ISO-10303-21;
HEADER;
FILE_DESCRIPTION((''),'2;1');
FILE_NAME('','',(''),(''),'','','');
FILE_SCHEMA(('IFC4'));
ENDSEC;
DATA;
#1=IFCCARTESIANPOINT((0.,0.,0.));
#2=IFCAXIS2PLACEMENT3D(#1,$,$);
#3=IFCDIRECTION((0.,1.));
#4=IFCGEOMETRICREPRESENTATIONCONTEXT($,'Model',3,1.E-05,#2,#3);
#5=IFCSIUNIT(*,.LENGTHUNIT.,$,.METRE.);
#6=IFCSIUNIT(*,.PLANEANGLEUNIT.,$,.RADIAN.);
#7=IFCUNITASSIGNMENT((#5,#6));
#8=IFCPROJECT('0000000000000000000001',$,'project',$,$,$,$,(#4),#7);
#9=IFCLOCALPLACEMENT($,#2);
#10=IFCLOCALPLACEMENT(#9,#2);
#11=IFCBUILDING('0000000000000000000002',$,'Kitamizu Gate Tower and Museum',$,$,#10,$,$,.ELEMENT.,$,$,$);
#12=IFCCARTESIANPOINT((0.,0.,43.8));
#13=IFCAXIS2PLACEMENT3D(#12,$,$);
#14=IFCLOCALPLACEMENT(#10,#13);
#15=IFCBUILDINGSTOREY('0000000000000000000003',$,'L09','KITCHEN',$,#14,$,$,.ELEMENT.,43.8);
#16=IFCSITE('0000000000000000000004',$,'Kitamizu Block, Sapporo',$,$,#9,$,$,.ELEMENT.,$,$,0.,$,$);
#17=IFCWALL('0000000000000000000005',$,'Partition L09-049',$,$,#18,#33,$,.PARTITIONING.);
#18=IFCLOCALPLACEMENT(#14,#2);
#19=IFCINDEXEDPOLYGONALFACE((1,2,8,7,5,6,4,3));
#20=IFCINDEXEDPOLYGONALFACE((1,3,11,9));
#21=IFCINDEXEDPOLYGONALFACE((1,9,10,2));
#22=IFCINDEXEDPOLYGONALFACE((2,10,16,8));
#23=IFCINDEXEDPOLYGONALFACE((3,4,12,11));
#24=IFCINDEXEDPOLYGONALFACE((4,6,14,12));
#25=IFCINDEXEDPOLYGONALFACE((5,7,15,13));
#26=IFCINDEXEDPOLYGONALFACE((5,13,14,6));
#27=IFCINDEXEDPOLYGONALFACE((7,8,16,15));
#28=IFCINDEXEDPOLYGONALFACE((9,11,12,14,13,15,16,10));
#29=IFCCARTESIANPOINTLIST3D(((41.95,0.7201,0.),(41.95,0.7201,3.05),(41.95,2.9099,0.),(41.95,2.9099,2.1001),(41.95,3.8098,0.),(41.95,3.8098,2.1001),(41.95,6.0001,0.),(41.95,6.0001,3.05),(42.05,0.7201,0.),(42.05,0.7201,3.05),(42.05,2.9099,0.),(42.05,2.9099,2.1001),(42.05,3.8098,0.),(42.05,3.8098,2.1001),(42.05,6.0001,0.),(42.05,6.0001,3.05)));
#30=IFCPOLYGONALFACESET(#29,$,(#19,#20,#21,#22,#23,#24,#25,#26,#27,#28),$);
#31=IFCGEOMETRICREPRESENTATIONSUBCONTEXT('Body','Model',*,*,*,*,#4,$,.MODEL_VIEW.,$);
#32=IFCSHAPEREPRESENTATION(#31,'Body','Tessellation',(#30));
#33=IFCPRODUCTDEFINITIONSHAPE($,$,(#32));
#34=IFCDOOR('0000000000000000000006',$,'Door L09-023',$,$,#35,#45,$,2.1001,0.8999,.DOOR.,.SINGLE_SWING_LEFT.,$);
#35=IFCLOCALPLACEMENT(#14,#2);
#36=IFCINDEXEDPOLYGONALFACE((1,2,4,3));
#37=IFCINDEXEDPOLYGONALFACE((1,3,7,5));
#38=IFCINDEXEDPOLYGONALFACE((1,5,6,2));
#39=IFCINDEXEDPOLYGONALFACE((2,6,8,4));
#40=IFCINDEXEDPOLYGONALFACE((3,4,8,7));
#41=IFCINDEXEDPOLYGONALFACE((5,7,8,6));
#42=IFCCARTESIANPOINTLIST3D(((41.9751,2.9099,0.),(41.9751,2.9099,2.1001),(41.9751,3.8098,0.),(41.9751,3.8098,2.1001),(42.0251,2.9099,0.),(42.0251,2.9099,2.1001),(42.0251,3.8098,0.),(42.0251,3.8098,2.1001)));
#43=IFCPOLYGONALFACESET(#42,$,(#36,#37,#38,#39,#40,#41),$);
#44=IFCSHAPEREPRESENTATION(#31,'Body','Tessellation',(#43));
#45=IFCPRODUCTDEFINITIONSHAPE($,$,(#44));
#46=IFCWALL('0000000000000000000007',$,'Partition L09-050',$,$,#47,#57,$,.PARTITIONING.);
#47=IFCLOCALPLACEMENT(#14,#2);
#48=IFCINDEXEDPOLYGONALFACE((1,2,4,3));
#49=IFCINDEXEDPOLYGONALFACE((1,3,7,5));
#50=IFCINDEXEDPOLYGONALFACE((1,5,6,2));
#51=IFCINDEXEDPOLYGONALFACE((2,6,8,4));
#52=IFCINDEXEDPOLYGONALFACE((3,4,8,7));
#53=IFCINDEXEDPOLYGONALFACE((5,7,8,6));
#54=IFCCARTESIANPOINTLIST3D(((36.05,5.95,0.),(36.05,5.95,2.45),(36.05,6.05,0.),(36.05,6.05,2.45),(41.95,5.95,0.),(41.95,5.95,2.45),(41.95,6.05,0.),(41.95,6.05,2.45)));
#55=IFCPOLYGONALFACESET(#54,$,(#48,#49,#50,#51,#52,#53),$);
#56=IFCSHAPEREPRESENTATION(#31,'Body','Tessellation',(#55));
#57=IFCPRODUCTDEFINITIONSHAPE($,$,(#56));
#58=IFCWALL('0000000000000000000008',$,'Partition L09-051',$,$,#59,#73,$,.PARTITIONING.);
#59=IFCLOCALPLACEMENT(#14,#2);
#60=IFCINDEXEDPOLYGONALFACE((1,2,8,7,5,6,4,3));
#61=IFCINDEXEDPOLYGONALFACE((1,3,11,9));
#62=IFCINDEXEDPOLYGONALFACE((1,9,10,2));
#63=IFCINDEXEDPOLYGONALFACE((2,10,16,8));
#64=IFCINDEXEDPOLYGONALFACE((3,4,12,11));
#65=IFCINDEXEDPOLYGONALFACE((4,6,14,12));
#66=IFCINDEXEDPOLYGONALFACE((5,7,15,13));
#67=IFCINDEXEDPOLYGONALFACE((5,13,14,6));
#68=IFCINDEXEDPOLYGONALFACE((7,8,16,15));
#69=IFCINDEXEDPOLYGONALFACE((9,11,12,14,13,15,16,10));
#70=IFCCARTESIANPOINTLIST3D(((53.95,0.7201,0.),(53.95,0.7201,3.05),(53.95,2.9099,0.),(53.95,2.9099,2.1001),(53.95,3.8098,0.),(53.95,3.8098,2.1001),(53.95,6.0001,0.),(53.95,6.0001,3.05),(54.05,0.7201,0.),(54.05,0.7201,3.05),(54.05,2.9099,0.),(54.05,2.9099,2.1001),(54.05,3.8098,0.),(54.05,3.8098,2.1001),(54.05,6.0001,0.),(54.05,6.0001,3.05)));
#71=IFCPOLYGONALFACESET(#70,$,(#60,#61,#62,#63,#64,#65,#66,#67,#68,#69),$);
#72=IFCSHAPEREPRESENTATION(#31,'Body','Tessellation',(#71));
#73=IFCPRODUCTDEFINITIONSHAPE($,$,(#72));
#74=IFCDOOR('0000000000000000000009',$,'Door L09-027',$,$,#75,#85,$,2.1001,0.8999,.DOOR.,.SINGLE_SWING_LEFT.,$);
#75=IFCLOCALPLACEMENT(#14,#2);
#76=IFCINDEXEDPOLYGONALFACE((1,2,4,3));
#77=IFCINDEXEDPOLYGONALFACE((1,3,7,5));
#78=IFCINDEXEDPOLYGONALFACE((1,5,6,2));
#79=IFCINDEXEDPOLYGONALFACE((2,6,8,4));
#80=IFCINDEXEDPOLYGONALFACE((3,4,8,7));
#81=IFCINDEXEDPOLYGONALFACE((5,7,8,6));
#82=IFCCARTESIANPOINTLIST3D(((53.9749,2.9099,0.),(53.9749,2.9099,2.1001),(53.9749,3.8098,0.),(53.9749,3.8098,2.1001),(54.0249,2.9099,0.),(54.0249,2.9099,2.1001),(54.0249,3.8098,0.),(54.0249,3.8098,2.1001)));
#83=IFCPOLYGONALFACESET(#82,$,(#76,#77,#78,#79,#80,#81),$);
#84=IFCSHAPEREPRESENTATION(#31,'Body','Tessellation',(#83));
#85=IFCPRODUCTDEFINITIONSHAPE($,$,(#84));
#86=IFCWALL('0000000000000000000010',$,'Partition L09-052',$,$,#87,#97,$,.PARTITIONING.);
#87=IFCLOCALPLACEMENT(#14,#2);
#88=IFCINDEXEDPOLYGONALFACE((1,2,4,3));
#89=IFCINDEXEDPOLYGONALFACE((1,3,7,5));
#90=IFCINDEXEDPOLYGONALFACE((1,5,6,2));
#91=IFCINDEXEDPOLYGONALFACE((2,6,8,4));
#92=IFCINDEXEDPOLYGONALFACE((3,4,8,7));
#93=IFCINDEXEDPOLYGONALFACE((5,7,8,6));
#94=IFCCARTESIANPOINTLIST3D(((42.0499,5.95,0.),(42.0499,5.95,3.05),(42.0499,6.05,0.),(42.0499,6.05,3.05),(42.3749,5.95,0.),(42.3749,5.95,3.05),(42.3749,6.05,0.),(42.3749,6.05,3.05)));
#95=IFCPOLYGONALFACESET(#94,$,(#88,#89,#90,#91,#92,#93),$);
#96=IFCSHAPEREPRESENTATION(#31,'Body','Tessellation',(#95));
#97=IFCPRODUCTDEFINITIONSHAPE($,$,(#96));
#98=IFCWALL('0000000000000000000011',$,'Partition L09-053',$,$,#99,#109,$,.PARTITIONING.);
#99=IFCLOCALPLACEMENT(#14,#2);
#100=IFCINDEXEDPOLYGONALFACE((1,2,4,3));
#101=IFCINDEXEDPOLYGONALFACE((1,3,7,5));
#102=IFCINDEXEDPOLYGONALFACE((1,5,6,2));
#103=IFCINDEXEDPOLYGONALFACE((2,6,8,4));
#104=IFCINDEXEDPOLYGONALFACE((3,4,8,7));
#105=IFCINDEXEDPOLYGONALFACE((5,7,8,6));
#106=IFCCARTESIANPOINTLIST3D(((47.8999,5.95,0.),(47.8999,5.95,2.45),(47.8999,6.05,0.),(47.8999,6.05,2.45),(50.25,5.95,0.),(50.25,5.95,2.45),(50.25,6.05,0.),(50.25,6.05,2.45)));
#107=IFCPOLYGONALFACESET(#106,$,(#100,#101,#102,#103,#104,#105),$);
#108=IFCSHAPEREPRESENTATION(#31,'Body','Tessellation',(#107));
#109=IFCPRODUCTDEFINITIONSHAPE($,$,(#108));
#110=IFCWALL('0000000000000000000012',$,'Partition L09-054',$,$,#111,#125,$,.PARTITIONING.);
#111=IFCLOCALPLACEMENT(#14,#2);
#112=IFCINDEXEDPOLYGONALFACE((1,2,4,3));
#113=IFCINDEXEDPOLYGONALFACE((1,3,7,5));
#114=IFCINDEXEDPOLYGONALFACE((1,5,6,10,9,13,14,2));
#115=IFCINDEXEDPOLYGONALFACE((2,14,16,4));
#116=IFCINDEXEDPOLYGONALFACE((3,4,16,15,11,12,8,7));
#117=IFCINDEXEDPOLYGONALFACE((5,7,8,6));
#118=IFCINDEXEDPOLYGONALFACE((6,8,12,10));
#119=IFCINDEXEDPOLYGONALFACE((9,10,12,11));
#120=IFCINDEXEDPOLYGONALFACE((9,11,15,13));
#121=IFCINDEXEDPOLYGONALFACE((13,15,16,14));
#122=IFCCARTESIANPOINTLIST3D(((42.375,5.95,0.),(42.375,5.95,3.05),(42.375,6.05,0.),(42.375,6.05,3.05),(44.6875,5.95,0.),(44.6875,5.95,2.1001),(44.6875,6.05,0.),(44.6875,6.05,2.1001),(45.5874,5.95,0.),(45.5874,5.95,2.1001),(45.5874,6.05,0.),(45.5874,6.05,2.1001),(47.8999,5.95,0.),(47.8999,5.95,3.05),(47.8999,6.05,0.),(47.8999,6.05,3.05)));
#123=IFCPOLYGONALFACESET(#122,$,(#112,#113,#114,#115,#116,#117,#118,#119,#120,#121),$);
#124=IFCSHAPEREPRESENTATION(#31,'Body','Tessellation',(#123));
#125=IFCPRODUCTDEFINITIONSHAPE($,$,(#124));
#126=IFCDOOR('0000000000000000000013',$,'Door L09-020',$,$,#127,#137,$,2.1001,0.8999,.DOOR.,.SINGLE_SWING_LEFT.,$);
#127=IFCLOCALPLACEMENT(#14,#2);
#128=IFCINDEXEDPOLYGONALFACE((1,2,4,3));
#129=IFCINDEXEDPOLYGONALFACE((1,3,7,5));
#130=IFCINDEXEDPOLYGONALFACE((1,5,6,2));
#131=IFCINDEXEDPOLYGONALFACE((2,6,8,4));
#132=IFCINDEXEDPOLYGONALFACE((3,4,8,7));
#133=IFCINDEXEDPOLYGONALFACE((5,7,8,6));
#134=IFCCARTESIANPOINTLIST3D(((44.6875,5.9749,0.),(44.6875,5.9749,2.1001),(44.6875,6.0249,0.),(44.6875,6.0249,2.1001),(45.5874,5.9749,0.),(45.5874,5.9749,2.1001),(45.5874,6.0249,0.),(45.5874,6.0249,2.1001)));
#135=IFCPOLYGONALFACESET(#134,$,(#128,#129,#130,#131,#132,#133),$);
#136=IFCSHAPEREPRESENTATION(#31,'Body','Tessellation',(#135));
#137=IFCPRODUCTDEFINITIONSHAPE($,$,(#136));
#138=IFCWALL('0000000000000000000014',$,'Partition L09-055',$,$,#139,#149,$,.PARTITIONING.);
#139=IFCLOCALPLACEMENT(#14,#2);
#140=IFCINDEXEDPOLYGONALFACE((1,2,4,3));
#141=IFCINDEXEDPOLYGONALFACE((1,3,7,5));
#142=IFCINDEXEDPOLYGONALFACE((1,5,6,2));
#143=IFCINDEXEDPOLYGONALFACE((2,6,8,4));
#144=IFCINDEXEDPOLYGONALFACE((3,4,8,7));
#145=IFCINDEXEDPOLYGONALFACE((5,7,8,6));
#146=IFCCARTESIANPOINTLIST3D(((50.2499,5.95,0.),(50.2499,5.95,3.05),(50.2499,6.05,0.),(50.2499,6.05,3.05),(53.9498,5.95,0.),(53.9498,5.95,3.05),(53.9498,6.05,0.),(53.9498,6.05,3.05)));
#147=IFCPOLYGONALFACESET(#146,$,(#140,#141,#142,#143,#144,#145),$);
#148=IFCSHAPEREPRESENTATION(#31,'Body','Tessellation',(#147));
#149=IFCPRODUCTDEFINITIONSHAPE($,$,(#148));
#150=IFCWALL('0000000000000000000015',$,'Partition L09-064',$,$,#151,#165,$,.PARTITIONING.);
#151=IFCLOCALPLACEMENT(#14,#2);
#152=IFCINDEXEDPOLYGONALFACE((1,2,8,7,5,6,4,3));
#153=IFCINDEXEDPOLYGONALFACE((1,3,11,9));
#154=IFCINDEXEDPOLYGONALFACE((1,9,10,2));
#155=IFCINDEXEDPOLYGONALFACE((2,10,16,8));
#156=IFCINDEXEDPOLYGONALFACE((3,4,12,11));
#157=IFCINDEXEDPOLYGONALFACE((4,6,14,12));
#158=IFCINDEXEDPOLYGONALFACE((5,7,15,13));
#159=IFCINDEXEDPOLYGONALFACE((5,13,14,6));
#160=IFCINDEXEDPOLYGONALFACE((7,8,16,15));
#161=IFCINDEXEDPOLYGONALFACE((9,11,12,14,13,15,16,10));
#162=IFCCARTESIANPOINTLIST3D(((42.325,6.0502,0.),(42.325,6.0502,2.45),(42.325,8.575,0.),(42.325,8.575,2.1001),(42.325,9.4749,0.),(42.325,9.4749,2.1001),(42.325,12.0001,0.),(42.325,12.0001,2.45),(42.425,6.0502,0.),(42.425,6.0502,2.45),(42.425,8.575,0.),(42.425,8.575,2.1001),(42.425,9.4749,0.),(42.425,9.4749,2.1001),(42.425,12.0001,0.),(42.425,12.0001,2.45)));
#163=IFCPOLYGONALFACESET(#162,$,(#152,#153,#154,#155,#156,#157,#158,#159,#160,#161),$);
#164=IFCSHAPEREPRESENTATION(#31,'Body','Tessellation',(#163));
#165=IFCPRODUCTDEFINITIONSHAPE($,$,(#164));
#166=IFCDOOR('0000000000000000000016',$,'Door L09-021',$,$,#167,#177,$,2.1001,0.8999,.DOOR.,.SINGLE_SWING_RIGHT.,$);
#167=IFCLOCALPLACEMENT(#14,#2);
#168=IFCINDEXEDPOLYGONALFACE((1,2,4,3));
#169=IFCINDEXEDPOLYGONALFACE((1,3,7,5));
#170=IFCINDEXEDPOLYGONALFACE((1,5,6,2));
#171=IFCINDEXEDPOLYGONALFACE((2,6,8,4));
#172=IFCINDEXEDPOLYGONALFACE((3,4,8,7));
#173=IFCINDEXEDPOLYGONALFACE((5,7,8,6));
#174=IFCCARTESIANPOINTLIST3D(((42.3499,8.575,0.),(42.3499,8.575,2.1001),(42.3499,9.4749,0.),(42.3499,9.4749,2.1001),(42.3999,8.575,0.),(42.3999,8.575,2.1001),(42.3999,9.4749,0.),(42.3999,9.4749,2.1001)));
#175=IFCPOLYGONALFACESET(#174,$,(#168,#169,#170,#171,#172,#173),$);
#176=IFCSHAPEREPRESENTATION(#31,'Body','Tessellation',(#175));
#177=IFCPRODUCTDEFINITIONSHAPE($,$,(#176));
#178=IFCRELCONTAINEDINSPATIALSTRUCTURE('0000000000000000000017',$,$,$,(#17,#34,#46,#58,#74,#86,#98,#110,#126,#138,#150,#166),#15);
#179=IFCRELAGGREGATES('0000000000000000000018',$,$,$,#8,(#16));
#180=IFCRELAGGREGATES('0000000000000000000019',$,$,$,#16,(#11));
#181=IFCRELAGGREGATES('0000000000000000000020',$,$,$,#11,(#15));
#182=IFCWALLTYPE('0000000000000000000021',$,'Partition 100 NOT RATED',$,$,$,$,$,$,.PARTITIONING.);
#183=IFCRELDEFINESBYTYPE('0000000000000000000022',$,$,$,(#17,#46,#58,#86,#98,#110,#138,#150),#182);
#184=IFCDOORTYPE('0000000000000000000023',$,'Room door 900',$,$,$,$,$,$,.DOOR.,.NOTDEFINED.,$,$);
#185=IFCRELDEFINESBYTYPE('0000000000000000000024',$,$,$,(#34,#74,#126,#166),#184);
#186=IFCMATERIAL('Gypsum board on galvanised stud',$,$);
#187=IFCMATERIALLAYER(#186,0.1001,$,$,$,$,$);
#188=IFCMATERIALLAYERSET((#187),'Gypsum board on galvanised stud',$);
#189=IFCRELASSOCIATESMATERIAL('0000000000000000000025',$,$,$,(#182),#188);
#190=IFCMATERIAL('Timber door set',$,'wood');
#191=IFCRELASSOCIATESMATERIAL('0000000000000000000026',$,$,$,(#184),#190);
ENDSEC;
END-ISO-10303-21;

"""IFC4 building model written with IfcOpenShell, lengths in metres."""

from ifc_helpers import new_model, si_unit, direction, frame, frame_2d, origin, place, context, subcontext, project, spatial, rectangle, extrude, material, layer, layer_set, type_object, element, fill, save


model = new_model("IFC4")

# Units and contexts
model_context = context("Model", 3, precision=1e-05, world=origin(), true_north=direction((0.0, 1.0)))
body_context = subcontext(model_context, "Body", "Model", "MODEL_VIEW")
ifc_project = project(units=[si_unit("LENGTHUNIT", "METRE"), si_unit("PLANEANGLEUNIT", "RADIAN")], contexts=[model_context])

# Site, building, storey
site_placement = place(None, origin())
site = spatial("IfcSite", under=ifc_project, at=site_placement, Name="Kitamizu Block, Sapporo", CompositionType="ELEMENT", RefElevation=0.0)
building_placement = place(site_placement, origin())
building = spatial("IfcBuilding", under=site, at=building_placement, Name="Kitamizu Gate Tower and Museum", CompositionType="ELEMENT")
storey_placement = place(building_placement, frame((0.0, 0.0, 43.8)))
storey = spatial("IfcBuildingStorey", under=building, at=storey_placement, Name="L09", Description="KITCHEN", CompositionType="ELEMENT", Elevation=43.8)

# Shared definitions
ifc_material_1 = material(Name="Gypsum board on galvanised stud")
ifc_layer = layer(ifc_material_1, 0.1001)
ifc_layer_set = layer_set([ifc_layer], Name="Gypsum board on galvanised stud")
wall_type = type_object("IfcWallType", Name="Partition 100 NOT RATED", PredefinedType="PARTITIONING", material=ifc_layer_set)

# Wall, opening, door
ifc_material_2 = material(Name="Timber door set", Category="wood")
door_type = type_object("IfcDoorType", Name="Room door 900", OperationType="NOTDEFINED", PredefinedType="DOOR", material=ifc_material_2)
wall_1_placement = place(storey_placement, frame((42.0, 0.72, 0.0), z_axis=(0.0, 0.0, 1.0), x_axis=(0.0, 1.0, 0.0)))
wall_1 = element("IfcWall", 1, at=wall_1_placement, inside=storey, type_object=wall_type, Name="Partition L09-049", PredefinedType="PARTITIONING", context=body_context, shape_type="SweptSolid", body=[
    extrude(rectangle(XDim=5.28, YDim=0.1001, at=frame_2d((2.6401, 0.0))), origin(), (0.0, 0.0, 1.0), 3.05),
])
opening_1_placement = place(wall_1_placement, frame((2.1899, 0.0, 0.0)))
opening_1 = element("IfcOpeningElement", 2, at=opening_1_placement, cuts=wall_1, PredefinedType="OPENING", context=body_context, shape_type="SweptSolid", body=[
    extrude(rectangle(XDim=0.8999, YDim=2.1001, at=frame_2d((0.45, 1.05))), frame((0.0, 0.0601, 0.0), z_axis=(0.0, -1.0, 0.0), x_axis=(1.0, 0.0, 0.0)), (0.0, 0.0, 1.0), 0.1201),
])
door_1_placement = place(opening_1_placement, origin())
door_1 = element("IfcDoor", 3, at=door_1_placement, inside=storey, type_object=door_type, Name="Door L09-023", OperationType="SINGLE_SWING_LEFT", OverallHeight=2.1001, OverallWidth=0.8999, PredefinedType="DOOR", context=body_context, shape_type="SweptSolid", body=[
    extrude(rectangle(XDim=0.8999, YDim=2.1001, at=frame_2d((0.45, 1.05))), frame((0.0, 0.0249, 0.0), z_axis=(0.0, -1.0, 0.0), x_axis=(1.0, 0.0, 0.0)), (0.0, 0.0, 1.0), 0.05),
])
fill(opening_1, door_1)

# Wall
wall_2_placement = place(storey_placement, frame((41.95, 6.0, 0.0), z_axis=(0.0, 0.0, 1.0), x_axis=(-1.0, 0.0, 0.0)))
element("IfcWall", 4, at=wall_2_placement, inside=storey, type_object=wall_type, Name="Partition L09-050", PredefinedType="PARTITIONING", context=body_context, shape_type="SweptSolid", body=[
    extrude(rectangle(XDim=5.8999, YDim=0.1001, at=frame_2d((2.95, 0.0))), origin(), (0.0, 0.0, 1.0), 2.45),
])

# Wall, opening, door
wall_3_placement = place(storey_placement, frame((54.0, 0.72, 0.0), z_axis=(0.0, 0.0, 1.0), x_axis=(0.0, 1.0, 0.0)))
wall_3 = element("IfcWall", 5, at=wall_3_placement, inside=storey, type_object=wall_type, Name="Partition L09-051", PredefinedType="PARTITIONING", context=body_context, shape_type="SweptSolid", body=[
    extrude(rectangle(XDim=5.28, YDim=0.1001, at=frame_2d((2.6401, 0.0))), origin(), (0.0, 0.0, 1.0), 3.05),
])
opening_2_placement = place(wall_3_placement, frame((2.1899, 0.0, 0.0)))
opening_2 = element("IfcOpeningElement", 6, at=opening_2_placement, cuts=wall_3, PredefinedType="OPENING", context=body_context, shape_type="SweptSolid", body=[
    extrude(rectangle(XDim=0.8999, YDim=2.1001, at=frame_2d((0.45, 1.05))), frame((0.0, 0.0601, 0.0), z_axis=(0.0, -1.0, 0.0), x_axis=(1.0, 0.0, 0.0)), (0.0, 0.0, 1.0), 0.1201),
])
door_2_placement = place(opening_2_placement, frame((0.8999, 0.0, 0.0), x_axis=(-1.0, 0.0, 0.0)))
door_2 = element("IfcDoor", 7, at=door_2_placement, inside=storey, type_object=door_type, Name="Door L09-027", OperationType="SINGLE_SWING_LEFT", OverallHeight=2.1001, OverallWidth=0.8999, PredefinedType="DOOR", context=body_context, shape_type="SweptSolid", body=[
    extrude(rectangle(XDim=0.8999, YDim=2.1001, at=frame_2d((0.45, 1.05))), frame((0.0, 0.0249, 0.0), z_axis=(0.0, -1.0, 0.0), x_axis=(1.0, 0.0, 0.0)), (0.0, 0.0, 1.0), 0.05),
])
fill(opening_2, door_2)

# Walls
wall_4_placement = place(storey_placement, frame((42.375, 6.0, 0.0), z_axis=(0.0, 0.0, 1.0), x_axis=(-1.0, 0.0, 0.0)))
element("IfcWall", 8, at=wall_4_placement, inside=storey, type_object=wall_type, Name="Partition L09-052", PredefinedType="PARTITIONING", context=body_context, shape_type="SweptSolid", body=[
    extrude(rectangle(XDim=0.325, YDim=0.1001, at=frame_2d((0.1626, 0.0))), origin(), (0.0, 0.0, 1.0), 3.05),
])
wall_5_placement = place(storey_placement, frame((50.25, 6.0, 0.0), z_axis=(0.0, 0.0, 1.0), x_axis=(-1.0, 0.0, 0.0)))
element("IfcWall", 9, at=wall_5_placement, inside=storey, type_object=wall_type, Name="Partition L09-053", PredefinedType="PARTITIONING", context=body_context, shape_type="SweptSolid", body=[
    extrude(rectangle(XDim=2.3501, YDim=0.1001, at=frame_2d((1.175, 0.0))), origin(), (0.0, 0.0, 1.0), 2.45),
])

# Wall, opening, door
wall_6_placement = place(storey_placement, frame((47.8999, 6.0, 0.0), z_axis=(0.0, 0.0, 1.0), x_axis=(-1.0, 0.0, 0.0)))
wall_6 = element("IfcWall", 10, at=wall_6_placement, inside=storey, type_object=wall_type, Name="Partition L09-054", PredefinedType="PARTITIONING", context=body_context, shape_type="SweptSolid", body=[
    extrude(rectangle(XDim=5.5249, YDim=0.1001, at=frame_2d((2.7625, 0.0))), origin(), (0.0, 0.0, 1.0), 3.05),
])
opening_3_placement = place(wall_6_placement, frame((2.3125, 0.0, 0.0)))
opening_3 = element("IfcOpeningElement", 11, at=opening_3_placement, cuts=wall_6, PredefinedType="OPENING", context=body_context, shape_type="SweptSolid", body=[
    extrude(rectangle(XDim=0.8999, YDim=2.1001, at=frame_2d((0.45, 1.05))), frame((0.0, 0.0601, 0.0), z_axis=(0.0, -1.0, 0.0), x_axis=(1.0, 0.0, 0.0)), (0.0, 0.0, 1.0), 0.1201),
])
door_3_placement = place(opening_3_placement, frame((0.8999, 0.0, 0.0), x_axis=(-1.0, 0.0, 0.0)))
door_3 = element("IfcDoor", 12, at=door_3_placement, inside=storey, type_object=door_type, Name="Door L09-020", OperationType="SINGLE_SWING_LEFT", OverallHeight=2.1001, OverallWidth=0.8999, PredefinedType="DOOR", context=body_context, shape_type="SweptSolid", body=[
    extrude(rectangle(XDim=0.8999, YDim=2.1001, at=frame_2d((0.45, 1.05))), frame((0.0, 0.0249, 0.0), z_axis=(0.0, -1.0, 0.0), x_axis=(1.0, 0.0, 0.0)), (0.0, 0.0, 1.0), 0.05),
])
fill(opening_3, door_3)

# Wall
wall_7_placement = place(storey_placement, frame((53.95, 6.0, 0.0), z_axis=(0.0, 0.0, 1.0), x_axis=(-1.0, 0.0, 0.0)))
element("IfcWall", 13, at=wall_7_placement, inside=storey, type_object=wall_type, Name="Partition L09-055", PredefinedType="PARTITIONING", context=body_context, shape_type="SweptSolid", body=[
    extrude(rectangle(XDim=3.7, YDim=0.1001, at=frame_2d((1.8501, 0.0))), origin(), (0.0, 0.0, 1.0), 3.05),
])

# Wall, opening, door
wall_8_placement = place(storey_placement, frame((42.375, 6.05, 0.0), z_axis=(0.0, 0.0, 1.0), x_axis=(0.0, 1.0, 0.0)))
wall_8 = element("IfcWall", 14, at=wall_8_placement, inside=storey, type_object=wall_type, Name="Partition L09-064", PredefinedType="PARTITIONING", context=body_context, shape_type="SweptSolid", body=[
    extrude(rectangle(XDim=5.95, YDim=0.1001, at=frame_2d((2.9751, 0.0))), origin(), (0.0, 0.0, 1.0), 2.45),
])
opening_4_placement = place(wall_8_placement, frame((2.5249, 0.0, 0.0)))
opening_4 = element("IfcOpeningElement", 15, at=opening_4_placement, cuts=wall_8, PredefinedType="OPENING", context=body_context, shape_type="SweptSolid", body=[
    extrude(rectangle(XDim=0.8999, YDim=2.1001, at=frame_2d((0.45, 1.05))), frame((0.0, 0.0601, 0.0), z_axis=(0.0, -1.0, 0.0), x_axis=(1.0, 0.0, 0.0)), (0.0, 0.0, 1.0), 0.1201),
])
door_4_placement = place(opening_4_placement, frame((0.8999, 0.0, 0.0), x_axis=(-1.0, 0.0, 0.0)))
door_4 = element("IfcDoor", 16, at=door_4_placement, inside=storey, type_object=door_type, Name="Door L09-021", OperationType="SINGLE_SWING_RIGHT", OverallHeight=2.1001, OverallWidth=0.8999, PredefinedType="DOOR", context=body_context, shape_type="SweptSolid", body=[
    extrude(rectangle(XDim=0.8999, YDim=2.1001, at=frame_2d((0.45, 1.05))), frame((0.0, 0.0249, 0.0), z_axis=(0.0, -1.0, 0.0), x_axis=(1.0, 0.0, 0.0)), (0.0, 0.0, 1.0), 0.05),
])
fill(opening_4, door_4)

save(model, "model.ifc")
